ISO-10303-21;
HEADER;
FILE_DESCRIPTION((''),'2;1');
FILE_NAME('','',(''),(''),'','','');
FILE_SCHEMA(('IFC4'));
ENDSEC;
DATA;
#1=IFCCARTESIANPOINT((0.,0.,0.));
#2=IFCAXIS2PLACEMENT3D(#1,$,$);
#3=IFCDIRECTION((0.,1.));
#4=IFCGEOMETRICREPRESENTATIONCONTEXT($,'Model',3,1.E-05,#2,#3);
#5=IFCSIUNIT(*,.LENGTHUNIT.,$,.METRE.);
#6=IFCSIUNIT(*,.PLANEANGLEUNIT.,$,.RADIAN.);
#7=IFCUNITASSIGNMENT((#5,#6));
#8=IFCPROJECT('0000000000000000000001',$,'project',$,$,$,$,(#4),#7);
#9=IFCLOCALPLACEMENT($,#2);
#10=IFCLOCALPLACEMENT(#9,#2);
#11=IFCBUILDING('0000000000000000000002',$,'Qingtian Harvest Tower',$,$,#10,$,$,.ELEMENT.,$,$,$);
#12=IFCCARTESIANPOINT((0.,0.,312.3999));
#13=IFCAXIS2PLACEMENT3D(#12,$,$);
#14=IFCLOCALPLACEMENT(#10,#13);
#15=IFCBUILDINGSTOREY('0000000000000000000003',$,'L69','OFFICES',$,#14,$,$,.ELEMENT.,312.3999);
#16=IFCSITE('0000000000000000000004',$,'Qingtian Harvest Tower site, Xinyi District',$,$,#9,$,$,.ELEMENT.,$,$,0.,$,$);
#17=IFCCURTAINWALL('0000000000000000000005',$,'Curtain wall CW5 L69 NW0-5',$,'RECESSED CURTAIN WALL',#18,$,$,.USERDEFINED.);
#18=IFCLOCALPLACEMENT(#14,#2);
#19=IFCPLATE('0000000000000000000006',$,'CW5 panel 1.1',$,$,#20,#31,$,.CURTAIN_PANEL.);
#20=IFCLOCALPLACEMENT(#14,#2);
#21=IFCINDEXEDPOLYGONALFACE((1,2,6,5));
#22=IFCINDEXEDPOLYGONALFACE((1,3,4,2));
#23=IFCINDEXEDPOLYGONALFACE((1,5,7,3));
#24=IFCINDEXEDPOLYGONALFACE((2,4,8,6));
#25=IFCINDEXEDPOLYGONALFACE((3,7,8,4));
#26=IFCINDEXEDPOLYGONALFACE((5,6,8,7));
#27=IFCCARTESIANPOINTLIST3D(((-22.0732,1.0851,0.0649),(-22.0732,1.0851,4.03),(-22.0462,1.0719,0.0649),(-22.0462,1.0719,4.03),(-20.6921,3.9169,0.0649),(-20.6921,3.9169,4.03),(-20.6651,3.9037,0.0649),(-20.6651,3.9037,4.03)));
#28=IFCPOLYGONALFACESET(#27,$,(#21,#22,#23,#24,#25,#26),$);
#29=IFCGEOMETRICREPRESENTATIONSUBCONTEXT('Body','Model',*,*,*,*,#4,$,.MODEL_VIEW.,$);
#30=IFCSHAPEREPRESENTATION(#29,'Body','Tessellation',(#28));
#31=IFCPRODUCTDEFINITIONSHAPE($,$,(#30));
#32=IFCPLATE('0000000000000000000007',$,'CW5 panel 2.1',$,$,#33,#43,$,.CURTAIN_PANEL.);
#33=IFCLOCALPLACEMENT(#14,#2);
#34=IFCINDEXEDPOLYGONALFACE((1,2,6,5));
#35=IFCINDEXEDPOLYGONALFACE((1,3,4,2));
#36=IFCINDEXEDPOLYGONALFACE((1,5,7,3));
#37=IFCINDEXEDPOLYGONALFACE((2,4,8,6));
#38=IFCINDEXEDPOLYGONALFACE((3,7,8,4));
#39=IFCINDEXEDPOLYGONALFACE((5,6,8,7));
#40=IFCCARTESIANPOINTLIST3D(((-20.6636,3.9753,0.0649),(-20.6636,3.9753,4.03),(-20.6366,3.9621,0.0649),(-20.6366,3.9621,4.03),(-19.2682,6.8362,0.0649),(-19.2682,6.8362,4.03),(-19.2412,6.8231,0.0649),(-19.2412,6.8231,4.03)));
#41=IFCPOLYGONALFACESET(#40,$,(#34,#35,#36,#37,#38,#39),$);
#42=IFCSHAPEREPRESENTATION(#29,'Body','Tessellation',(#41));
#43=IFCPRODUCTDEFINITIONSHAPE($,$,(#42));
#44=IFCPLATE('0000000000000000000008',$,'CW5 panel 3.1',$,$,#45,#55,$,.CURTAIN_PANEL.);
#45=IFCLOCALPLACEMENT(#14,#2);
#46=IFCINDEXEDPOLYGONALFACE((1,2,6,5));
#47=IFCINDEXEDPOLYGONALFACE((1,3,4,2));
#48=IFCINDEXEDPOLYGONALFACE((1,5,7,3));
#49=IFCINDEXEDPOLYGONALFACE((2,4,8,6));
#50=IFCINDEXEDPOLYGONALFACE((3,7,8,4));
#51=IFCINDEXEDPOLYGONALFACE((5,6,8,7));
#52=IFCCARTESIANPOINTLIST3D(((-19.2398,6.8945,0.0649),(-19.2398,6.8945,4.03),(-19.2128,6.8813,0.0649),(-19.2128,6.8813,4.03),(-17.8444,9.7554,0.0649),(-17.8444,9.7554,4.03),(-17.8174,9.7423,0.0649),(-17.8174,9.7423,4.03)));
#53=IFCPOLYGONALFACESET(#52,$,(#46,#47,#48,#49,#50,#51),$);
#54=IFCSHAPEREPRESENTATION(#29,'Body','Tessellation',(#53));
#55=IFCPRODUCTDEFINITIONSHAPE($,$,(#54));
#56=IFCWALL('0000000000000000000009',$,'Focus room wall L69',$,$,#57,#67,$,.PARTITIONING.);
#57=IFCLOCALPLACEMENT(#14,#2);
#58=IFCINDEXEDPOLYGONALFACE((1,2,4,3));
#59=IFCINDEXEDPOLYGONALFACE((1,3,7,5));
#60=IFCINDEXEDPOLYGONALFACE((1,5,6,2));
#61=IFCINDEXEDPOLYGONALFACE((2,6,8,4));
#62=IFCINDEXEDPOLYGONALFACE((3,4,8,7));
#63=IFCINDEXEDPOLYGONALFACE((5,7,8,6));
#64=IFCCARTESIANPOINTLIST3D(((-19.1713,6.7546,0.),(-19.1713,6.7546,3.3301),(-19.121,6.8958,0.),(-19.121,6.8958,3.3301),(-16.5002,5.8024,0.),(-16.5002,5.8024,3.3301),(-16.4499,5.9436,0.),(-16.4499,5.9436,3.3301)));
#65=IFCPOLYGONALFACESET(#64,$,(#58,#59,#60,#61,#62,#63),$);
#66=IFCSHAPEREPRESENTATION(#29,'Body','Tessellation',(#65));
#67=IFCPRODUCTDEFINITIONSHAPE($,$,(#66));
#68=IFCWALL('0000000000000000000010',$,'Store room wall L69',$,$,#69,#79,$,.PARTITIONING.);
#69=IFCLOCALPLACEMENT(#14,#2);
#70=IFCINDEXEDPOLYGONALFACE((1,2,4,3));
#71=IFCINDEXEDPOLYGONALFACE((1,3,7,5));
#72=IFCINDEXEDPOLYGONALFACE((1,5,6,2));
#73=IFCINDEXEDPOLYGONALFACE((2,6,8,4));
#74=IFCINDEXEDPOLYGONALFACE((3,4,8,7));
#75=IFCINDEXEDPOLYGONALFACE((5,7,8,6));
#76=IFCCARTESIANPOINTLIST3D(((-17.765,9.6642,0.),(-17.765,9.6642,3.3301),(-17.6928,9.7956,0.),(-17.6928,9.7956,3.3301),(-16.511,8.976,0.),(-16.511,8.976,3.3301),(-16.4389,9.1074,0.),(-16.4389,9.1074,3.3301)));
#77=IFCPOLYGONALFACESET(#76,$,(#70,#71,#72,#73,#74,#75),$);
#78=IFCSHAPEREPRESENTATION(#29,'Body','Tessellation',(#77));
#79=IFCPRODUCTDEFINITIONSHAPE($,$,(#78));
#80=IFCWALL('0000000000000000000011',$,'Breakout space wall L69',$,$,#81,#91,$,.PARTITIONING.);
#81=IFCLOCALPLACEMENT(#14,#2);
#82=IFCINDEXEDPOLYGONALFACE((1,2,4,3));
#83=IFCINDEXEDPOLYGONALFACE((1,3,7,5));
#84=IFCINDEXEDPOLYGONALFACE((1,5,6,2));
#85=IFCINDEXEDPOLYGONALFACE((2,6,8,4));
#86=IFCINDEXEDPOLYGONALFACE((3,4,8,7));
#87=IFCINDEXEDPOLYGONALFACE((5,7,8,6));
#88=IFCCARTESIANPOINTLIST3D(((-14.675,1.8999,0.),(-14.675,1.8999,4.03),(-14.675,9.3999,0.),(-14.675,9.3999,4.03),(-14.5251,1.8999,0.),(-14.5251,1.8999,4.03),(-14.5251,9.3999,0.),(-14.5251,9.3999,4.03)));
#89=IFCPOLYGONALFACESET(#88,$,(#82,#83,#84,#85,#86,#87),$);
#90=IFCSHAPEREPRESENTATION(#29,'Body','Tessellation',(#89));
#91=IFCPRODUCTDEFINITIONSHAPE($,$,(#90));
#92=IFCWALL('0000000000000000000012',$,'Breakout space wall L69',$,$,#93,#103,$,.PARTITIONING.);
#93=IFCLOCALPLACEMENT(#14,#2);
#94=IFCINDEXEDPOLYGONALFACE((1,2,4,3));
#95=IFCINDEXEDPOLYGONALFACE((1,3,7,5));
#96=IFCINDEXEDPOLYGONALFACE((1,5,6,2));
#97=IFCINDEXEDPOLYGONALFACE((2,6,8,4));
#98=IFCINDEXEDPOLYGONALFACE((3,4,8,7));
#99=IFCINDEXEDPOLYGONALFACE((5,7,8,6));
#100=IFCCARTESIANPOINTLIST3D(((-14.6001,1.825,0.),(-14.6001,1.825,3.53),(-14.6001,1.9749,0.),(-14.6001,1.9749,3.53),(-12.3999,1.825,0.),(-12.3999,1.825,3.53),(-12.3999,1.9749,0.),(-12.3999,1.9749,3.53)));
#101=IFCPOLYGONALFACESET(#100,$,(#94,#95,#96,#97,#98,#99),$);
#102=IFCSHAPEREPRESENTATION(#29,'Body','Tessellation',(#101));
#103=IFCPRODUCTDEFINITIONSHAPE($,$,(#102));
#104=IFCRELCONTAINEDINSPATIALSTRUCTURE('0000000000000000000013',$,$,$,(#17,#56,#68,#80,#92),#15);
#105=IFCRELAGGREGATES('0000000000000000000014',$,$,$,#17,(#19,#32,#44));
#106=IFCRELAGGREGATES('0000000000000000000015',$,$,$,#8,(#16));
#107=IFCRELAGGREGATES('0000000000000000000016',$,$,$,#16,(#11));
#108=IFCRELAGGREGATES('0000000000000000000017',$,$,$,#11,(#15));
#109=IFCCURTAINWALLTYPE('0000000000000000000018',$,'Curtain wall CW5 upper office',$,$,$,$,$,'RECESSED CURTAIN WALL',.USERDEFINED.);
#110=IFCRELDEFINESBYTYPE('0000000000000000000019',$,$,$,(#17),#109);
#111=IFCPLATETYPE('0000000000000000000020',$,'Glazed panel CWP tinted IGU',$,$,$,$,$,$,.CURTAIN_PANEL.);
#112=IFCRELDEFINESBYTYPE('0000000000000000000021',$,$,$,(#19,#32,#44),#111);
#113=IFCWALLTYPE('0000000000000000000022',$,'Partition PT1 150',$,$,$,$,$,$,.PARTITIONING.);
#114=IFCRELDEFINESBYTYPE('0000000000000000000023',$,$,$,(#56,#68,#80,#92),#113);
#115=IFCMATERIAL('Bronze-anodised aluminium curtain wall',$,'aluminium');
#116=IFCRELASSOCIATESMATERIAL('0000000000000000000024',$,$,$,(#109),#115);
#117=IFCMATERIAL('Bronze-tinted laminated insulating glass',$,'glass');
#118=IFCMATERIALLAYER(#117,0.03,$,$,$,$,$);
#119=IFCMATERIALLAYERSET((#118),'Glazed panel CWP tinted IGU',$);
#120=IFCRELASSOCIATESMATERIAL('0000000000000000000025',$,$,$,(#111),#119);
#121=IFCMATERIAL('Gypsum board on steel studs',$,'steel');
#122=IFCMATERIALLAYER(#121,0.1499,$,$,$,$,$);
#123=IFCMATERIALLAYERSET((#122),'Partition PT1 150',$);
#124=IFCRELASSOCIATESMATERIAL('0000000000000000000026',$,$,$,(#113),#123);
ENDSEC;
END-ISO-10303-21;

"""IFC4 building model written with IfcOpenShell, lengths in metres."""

from ifc_helpers import new_model, si_unit, direction, frame, frame_2d, origin, origin_2d, place, context, subcontext, project, spatial, rectangle, extrude, material, layer, layer_set, type_object, element, aggregate, save


model = new_model("IFC4")

# Units and contexts
model_context = context("Model", 3, precision=1e-05, world=origin(), true_north=direction((0.0, 1.0)))
body_context = subcontext(model_context, "Body", "Model", "MODEL_VIEW")
ifc_project = project(units=[si_unit("LENGTHUNIT", "METRE"), si_unit("PLANEANGLEUNIT", "RADIAN")], contexts=[model_context])

# Site, building, storey
site_placement = place(None, origin())
site = spatial("IfcSite", under=ifc_project, at=site_placement, Name="Qingtian Harvest Tower site, Xinyi District", CompositionType="ELEMENT", RefElevation=0.0)
building_placement = place(site_placement, origin())
building = spatial("IfcBuilding", under=site, at=building_placement, Name="Qingtian Harvest Tower", CompositionType="ELEMENT")
storey_placement = place(building_placement, frame((0.0, 0.0, 312.3999)))
storey = spatial("IfcBuildingStorey", under=building, at=storey_placement, Name="L69", Description="OFFICES", CompositionType="ELEMENT", Elevation=312.3999)

# Shared definitions
ifc_material_1 = material(Name="Bronze-anodised aluminium curtain wall", Category="aluminium")
curtain_wall_type = type_object("IfcCurtainWallType", Name="Curtain wall CW5 upper office", ElementType="RECESSED CURTAIN WALL", PredefinedType="USERDEFINED", material=ifc_material_1)

# Curtain wall
curtain_wall_1_placement = place(storey_placement, origin())
curtain_wall_1 = element("IfcCurtainWall", 1, at=curtain_wall_1_placement, inside=storey, type_object=curtain_wall_type, Name="Curtain wall CW5 L69 NW0-5", ObjectType="RECESSED CURTAIN WALL", PredefinedType="USERDEFINED")

# Plates
ifc_material_2 = material(Name="Bronze-tinted laminated insulating glass", Category="glass")
ifc_layer_1 = layer(ifc_material_2, 0.03)
ifc_layer_set_1 = layer_set([ifc_layer_1], Name="Glazed panel CWP tinted IGU")
plate_type = type_object("IfcPlateType", Name="Glazed panel CWP tinted IGU", PredefinedType="CURTAIN_PANEL", material=ifc_layer_set_1)
plate_1_placement = place(storey_placement, frame((-21.3691, 2.4944, 0.0649), z_axis=(0.0, 0.0, 1.0), x_axis=(0.438371, 0.898794, 0.0)))
plate_1 = element("IfcPlate", 2, at=plate_1_placement, type_object=plate_type, Name="CW5 panel 1.1", PredefinedType="CURTAIN_PANEL", context=body_context, shape_type="SweptSolid", body=[
    extrude(rectangle(XDim=3.1506, YDim=0.03, at=origin_2d()), origin(), (0.0, 0.0, 1.0), 3.9651),
])
plate_2_placement = place(storey_placement, frame((-19.9524, 5.3992, 0.0649), z_axis=(0.0, 0.0, 1.0), x_axis=(0.438371, 0.898794, 0.0)))
plate_2 = element("IfcPlate", 3, at=plate_2_placement, type_object=plate_type, Name="CW5 panel 2.1", PredefinedType="CURTAIN_PANEL", context=body_context, shape_type="SweptSolid", body=[
    extrude(rectangle(XDim=3.1831, YDim=0.03, at=origin_2d()), origin(), (0.0, 0.0, 1.0), 3.9651),
])
plate_3_placement = place(storey_placement, frame((-18.5286, 8.3184, 0.0649), z_axis=(0.0, 0.0, 1.0), x_axis=(0.438371, 0.898794, 0.0)))
plate_3 = element("IfcPlate", 4, at=plate_3_placement, type_object=plate_type, Name="CW5 panel 3.1", PredefinedType="CURTAIN_PANEL", context=body_context, shape_type="SweptSolid", body=[
    extrude(rectangle(XDim=3.1831, YDim=0.03, at=origin_2d()), origin(), (0.0, 0.0, 1.0), 3.9651),
])
aggregate(curtain_wall_1, [plate_1, plate_2, plate_3])

# Wall
ifc_material_3 = material(Name="Gypsum board on steel studs", Category="steel")
ifc_layer_2 = layer(ifc_material_3, 0.1499)
ifc_layer_set_2 = layer_set([ifc_layer_2], Name="Partition PT1 150")
wall_type = type_object("IfcWallType", Name="Partition PT1 150", PredefinedType="PARTITIONING", material=ifc_layer_set_2)
wall_1_placement = place(storey_placement, frame((-19.1462, 6.8252, 0.0), z_axis=(0.0, 0.0, 1.0), x_axis=(0.941946, -0.335764, 0.0)))
element("IfcWall", 5, at=wall_1_placement, inside=storey, type_object=wall_type, Name="Focus room wall L69", PredefinedType="PARTITIONING", context=body_context, shape_type="SweptSolid", body=[
    extrude(rectangle(XDim=2.8357, YDim=0.1499, at=frame_2d((1.418, 0.0))), origin(), (0.0, 0.0, 1.0), 3.3301),
])

# Wall
wall_2_placement = place(storey_placement, frame((-17.729, 9.73, 0.0), z_axis=(0.0, 0.0, 1.0), x_axis=(0.876634, -0.481159, 0.0)))
element("IfcWall", 6, at=wall_2_placement, inside=storey, type_object=wall_type, Name="Store room wall L69", PredefinedType="PARTITIONING", context=body_context, shape_type="SweptSolid", body=[
    extrude(rectangle(XDim=1.4304, YDim=0.1499, at=frame_2d((0.7153, 0.0))), origin(), (0.0, 0.0, 1.0), 3.3301),
])

# Walls
wall_3_placement = place(storey_placement, frame((-14.6001, 1.8999, 0.0), z_axis=(0.0, 0.0, 1.0), x_axis=(0.0, 1.0, 0.0)))
element("IfcWall", 7, at=wall_3_placement, inside=storey, type_object=wall_type, Name="Breakout space wall L69", PredefinedType="PARTITIONING", context=body_context, shape_type="SweptSolid", body=[
    extrude(rectangle(XDim=7.5, YDim=0.1499, at=frame_2d((3.75, 0.0))), origin(), (0.0, 0.0, 1.0), 4.03),
])
wall_4_placement = place(storey_placement, frame((-12.3999, 1.8999, 0.0), z_axis=(0.0, 0.0, 1.0), x_axis=(-1.0, 0.0, 0.0)))
element("IfcWall", 8, at=wall_4_placement, inside=storey, type_object=wall_type, Name="Breakout space wall L69", PredefinedType="PARTITIONING", context=body_context, shape_type="SweptSolid", body=[
    extrude(rectangle(XDim=2.2002, YDim=0.1499, at=frame_2d((1.1001, 0.0))), origin(), (0.0, 0.0, 1.0), 3.53),
])

save(model, "model.ifc")
